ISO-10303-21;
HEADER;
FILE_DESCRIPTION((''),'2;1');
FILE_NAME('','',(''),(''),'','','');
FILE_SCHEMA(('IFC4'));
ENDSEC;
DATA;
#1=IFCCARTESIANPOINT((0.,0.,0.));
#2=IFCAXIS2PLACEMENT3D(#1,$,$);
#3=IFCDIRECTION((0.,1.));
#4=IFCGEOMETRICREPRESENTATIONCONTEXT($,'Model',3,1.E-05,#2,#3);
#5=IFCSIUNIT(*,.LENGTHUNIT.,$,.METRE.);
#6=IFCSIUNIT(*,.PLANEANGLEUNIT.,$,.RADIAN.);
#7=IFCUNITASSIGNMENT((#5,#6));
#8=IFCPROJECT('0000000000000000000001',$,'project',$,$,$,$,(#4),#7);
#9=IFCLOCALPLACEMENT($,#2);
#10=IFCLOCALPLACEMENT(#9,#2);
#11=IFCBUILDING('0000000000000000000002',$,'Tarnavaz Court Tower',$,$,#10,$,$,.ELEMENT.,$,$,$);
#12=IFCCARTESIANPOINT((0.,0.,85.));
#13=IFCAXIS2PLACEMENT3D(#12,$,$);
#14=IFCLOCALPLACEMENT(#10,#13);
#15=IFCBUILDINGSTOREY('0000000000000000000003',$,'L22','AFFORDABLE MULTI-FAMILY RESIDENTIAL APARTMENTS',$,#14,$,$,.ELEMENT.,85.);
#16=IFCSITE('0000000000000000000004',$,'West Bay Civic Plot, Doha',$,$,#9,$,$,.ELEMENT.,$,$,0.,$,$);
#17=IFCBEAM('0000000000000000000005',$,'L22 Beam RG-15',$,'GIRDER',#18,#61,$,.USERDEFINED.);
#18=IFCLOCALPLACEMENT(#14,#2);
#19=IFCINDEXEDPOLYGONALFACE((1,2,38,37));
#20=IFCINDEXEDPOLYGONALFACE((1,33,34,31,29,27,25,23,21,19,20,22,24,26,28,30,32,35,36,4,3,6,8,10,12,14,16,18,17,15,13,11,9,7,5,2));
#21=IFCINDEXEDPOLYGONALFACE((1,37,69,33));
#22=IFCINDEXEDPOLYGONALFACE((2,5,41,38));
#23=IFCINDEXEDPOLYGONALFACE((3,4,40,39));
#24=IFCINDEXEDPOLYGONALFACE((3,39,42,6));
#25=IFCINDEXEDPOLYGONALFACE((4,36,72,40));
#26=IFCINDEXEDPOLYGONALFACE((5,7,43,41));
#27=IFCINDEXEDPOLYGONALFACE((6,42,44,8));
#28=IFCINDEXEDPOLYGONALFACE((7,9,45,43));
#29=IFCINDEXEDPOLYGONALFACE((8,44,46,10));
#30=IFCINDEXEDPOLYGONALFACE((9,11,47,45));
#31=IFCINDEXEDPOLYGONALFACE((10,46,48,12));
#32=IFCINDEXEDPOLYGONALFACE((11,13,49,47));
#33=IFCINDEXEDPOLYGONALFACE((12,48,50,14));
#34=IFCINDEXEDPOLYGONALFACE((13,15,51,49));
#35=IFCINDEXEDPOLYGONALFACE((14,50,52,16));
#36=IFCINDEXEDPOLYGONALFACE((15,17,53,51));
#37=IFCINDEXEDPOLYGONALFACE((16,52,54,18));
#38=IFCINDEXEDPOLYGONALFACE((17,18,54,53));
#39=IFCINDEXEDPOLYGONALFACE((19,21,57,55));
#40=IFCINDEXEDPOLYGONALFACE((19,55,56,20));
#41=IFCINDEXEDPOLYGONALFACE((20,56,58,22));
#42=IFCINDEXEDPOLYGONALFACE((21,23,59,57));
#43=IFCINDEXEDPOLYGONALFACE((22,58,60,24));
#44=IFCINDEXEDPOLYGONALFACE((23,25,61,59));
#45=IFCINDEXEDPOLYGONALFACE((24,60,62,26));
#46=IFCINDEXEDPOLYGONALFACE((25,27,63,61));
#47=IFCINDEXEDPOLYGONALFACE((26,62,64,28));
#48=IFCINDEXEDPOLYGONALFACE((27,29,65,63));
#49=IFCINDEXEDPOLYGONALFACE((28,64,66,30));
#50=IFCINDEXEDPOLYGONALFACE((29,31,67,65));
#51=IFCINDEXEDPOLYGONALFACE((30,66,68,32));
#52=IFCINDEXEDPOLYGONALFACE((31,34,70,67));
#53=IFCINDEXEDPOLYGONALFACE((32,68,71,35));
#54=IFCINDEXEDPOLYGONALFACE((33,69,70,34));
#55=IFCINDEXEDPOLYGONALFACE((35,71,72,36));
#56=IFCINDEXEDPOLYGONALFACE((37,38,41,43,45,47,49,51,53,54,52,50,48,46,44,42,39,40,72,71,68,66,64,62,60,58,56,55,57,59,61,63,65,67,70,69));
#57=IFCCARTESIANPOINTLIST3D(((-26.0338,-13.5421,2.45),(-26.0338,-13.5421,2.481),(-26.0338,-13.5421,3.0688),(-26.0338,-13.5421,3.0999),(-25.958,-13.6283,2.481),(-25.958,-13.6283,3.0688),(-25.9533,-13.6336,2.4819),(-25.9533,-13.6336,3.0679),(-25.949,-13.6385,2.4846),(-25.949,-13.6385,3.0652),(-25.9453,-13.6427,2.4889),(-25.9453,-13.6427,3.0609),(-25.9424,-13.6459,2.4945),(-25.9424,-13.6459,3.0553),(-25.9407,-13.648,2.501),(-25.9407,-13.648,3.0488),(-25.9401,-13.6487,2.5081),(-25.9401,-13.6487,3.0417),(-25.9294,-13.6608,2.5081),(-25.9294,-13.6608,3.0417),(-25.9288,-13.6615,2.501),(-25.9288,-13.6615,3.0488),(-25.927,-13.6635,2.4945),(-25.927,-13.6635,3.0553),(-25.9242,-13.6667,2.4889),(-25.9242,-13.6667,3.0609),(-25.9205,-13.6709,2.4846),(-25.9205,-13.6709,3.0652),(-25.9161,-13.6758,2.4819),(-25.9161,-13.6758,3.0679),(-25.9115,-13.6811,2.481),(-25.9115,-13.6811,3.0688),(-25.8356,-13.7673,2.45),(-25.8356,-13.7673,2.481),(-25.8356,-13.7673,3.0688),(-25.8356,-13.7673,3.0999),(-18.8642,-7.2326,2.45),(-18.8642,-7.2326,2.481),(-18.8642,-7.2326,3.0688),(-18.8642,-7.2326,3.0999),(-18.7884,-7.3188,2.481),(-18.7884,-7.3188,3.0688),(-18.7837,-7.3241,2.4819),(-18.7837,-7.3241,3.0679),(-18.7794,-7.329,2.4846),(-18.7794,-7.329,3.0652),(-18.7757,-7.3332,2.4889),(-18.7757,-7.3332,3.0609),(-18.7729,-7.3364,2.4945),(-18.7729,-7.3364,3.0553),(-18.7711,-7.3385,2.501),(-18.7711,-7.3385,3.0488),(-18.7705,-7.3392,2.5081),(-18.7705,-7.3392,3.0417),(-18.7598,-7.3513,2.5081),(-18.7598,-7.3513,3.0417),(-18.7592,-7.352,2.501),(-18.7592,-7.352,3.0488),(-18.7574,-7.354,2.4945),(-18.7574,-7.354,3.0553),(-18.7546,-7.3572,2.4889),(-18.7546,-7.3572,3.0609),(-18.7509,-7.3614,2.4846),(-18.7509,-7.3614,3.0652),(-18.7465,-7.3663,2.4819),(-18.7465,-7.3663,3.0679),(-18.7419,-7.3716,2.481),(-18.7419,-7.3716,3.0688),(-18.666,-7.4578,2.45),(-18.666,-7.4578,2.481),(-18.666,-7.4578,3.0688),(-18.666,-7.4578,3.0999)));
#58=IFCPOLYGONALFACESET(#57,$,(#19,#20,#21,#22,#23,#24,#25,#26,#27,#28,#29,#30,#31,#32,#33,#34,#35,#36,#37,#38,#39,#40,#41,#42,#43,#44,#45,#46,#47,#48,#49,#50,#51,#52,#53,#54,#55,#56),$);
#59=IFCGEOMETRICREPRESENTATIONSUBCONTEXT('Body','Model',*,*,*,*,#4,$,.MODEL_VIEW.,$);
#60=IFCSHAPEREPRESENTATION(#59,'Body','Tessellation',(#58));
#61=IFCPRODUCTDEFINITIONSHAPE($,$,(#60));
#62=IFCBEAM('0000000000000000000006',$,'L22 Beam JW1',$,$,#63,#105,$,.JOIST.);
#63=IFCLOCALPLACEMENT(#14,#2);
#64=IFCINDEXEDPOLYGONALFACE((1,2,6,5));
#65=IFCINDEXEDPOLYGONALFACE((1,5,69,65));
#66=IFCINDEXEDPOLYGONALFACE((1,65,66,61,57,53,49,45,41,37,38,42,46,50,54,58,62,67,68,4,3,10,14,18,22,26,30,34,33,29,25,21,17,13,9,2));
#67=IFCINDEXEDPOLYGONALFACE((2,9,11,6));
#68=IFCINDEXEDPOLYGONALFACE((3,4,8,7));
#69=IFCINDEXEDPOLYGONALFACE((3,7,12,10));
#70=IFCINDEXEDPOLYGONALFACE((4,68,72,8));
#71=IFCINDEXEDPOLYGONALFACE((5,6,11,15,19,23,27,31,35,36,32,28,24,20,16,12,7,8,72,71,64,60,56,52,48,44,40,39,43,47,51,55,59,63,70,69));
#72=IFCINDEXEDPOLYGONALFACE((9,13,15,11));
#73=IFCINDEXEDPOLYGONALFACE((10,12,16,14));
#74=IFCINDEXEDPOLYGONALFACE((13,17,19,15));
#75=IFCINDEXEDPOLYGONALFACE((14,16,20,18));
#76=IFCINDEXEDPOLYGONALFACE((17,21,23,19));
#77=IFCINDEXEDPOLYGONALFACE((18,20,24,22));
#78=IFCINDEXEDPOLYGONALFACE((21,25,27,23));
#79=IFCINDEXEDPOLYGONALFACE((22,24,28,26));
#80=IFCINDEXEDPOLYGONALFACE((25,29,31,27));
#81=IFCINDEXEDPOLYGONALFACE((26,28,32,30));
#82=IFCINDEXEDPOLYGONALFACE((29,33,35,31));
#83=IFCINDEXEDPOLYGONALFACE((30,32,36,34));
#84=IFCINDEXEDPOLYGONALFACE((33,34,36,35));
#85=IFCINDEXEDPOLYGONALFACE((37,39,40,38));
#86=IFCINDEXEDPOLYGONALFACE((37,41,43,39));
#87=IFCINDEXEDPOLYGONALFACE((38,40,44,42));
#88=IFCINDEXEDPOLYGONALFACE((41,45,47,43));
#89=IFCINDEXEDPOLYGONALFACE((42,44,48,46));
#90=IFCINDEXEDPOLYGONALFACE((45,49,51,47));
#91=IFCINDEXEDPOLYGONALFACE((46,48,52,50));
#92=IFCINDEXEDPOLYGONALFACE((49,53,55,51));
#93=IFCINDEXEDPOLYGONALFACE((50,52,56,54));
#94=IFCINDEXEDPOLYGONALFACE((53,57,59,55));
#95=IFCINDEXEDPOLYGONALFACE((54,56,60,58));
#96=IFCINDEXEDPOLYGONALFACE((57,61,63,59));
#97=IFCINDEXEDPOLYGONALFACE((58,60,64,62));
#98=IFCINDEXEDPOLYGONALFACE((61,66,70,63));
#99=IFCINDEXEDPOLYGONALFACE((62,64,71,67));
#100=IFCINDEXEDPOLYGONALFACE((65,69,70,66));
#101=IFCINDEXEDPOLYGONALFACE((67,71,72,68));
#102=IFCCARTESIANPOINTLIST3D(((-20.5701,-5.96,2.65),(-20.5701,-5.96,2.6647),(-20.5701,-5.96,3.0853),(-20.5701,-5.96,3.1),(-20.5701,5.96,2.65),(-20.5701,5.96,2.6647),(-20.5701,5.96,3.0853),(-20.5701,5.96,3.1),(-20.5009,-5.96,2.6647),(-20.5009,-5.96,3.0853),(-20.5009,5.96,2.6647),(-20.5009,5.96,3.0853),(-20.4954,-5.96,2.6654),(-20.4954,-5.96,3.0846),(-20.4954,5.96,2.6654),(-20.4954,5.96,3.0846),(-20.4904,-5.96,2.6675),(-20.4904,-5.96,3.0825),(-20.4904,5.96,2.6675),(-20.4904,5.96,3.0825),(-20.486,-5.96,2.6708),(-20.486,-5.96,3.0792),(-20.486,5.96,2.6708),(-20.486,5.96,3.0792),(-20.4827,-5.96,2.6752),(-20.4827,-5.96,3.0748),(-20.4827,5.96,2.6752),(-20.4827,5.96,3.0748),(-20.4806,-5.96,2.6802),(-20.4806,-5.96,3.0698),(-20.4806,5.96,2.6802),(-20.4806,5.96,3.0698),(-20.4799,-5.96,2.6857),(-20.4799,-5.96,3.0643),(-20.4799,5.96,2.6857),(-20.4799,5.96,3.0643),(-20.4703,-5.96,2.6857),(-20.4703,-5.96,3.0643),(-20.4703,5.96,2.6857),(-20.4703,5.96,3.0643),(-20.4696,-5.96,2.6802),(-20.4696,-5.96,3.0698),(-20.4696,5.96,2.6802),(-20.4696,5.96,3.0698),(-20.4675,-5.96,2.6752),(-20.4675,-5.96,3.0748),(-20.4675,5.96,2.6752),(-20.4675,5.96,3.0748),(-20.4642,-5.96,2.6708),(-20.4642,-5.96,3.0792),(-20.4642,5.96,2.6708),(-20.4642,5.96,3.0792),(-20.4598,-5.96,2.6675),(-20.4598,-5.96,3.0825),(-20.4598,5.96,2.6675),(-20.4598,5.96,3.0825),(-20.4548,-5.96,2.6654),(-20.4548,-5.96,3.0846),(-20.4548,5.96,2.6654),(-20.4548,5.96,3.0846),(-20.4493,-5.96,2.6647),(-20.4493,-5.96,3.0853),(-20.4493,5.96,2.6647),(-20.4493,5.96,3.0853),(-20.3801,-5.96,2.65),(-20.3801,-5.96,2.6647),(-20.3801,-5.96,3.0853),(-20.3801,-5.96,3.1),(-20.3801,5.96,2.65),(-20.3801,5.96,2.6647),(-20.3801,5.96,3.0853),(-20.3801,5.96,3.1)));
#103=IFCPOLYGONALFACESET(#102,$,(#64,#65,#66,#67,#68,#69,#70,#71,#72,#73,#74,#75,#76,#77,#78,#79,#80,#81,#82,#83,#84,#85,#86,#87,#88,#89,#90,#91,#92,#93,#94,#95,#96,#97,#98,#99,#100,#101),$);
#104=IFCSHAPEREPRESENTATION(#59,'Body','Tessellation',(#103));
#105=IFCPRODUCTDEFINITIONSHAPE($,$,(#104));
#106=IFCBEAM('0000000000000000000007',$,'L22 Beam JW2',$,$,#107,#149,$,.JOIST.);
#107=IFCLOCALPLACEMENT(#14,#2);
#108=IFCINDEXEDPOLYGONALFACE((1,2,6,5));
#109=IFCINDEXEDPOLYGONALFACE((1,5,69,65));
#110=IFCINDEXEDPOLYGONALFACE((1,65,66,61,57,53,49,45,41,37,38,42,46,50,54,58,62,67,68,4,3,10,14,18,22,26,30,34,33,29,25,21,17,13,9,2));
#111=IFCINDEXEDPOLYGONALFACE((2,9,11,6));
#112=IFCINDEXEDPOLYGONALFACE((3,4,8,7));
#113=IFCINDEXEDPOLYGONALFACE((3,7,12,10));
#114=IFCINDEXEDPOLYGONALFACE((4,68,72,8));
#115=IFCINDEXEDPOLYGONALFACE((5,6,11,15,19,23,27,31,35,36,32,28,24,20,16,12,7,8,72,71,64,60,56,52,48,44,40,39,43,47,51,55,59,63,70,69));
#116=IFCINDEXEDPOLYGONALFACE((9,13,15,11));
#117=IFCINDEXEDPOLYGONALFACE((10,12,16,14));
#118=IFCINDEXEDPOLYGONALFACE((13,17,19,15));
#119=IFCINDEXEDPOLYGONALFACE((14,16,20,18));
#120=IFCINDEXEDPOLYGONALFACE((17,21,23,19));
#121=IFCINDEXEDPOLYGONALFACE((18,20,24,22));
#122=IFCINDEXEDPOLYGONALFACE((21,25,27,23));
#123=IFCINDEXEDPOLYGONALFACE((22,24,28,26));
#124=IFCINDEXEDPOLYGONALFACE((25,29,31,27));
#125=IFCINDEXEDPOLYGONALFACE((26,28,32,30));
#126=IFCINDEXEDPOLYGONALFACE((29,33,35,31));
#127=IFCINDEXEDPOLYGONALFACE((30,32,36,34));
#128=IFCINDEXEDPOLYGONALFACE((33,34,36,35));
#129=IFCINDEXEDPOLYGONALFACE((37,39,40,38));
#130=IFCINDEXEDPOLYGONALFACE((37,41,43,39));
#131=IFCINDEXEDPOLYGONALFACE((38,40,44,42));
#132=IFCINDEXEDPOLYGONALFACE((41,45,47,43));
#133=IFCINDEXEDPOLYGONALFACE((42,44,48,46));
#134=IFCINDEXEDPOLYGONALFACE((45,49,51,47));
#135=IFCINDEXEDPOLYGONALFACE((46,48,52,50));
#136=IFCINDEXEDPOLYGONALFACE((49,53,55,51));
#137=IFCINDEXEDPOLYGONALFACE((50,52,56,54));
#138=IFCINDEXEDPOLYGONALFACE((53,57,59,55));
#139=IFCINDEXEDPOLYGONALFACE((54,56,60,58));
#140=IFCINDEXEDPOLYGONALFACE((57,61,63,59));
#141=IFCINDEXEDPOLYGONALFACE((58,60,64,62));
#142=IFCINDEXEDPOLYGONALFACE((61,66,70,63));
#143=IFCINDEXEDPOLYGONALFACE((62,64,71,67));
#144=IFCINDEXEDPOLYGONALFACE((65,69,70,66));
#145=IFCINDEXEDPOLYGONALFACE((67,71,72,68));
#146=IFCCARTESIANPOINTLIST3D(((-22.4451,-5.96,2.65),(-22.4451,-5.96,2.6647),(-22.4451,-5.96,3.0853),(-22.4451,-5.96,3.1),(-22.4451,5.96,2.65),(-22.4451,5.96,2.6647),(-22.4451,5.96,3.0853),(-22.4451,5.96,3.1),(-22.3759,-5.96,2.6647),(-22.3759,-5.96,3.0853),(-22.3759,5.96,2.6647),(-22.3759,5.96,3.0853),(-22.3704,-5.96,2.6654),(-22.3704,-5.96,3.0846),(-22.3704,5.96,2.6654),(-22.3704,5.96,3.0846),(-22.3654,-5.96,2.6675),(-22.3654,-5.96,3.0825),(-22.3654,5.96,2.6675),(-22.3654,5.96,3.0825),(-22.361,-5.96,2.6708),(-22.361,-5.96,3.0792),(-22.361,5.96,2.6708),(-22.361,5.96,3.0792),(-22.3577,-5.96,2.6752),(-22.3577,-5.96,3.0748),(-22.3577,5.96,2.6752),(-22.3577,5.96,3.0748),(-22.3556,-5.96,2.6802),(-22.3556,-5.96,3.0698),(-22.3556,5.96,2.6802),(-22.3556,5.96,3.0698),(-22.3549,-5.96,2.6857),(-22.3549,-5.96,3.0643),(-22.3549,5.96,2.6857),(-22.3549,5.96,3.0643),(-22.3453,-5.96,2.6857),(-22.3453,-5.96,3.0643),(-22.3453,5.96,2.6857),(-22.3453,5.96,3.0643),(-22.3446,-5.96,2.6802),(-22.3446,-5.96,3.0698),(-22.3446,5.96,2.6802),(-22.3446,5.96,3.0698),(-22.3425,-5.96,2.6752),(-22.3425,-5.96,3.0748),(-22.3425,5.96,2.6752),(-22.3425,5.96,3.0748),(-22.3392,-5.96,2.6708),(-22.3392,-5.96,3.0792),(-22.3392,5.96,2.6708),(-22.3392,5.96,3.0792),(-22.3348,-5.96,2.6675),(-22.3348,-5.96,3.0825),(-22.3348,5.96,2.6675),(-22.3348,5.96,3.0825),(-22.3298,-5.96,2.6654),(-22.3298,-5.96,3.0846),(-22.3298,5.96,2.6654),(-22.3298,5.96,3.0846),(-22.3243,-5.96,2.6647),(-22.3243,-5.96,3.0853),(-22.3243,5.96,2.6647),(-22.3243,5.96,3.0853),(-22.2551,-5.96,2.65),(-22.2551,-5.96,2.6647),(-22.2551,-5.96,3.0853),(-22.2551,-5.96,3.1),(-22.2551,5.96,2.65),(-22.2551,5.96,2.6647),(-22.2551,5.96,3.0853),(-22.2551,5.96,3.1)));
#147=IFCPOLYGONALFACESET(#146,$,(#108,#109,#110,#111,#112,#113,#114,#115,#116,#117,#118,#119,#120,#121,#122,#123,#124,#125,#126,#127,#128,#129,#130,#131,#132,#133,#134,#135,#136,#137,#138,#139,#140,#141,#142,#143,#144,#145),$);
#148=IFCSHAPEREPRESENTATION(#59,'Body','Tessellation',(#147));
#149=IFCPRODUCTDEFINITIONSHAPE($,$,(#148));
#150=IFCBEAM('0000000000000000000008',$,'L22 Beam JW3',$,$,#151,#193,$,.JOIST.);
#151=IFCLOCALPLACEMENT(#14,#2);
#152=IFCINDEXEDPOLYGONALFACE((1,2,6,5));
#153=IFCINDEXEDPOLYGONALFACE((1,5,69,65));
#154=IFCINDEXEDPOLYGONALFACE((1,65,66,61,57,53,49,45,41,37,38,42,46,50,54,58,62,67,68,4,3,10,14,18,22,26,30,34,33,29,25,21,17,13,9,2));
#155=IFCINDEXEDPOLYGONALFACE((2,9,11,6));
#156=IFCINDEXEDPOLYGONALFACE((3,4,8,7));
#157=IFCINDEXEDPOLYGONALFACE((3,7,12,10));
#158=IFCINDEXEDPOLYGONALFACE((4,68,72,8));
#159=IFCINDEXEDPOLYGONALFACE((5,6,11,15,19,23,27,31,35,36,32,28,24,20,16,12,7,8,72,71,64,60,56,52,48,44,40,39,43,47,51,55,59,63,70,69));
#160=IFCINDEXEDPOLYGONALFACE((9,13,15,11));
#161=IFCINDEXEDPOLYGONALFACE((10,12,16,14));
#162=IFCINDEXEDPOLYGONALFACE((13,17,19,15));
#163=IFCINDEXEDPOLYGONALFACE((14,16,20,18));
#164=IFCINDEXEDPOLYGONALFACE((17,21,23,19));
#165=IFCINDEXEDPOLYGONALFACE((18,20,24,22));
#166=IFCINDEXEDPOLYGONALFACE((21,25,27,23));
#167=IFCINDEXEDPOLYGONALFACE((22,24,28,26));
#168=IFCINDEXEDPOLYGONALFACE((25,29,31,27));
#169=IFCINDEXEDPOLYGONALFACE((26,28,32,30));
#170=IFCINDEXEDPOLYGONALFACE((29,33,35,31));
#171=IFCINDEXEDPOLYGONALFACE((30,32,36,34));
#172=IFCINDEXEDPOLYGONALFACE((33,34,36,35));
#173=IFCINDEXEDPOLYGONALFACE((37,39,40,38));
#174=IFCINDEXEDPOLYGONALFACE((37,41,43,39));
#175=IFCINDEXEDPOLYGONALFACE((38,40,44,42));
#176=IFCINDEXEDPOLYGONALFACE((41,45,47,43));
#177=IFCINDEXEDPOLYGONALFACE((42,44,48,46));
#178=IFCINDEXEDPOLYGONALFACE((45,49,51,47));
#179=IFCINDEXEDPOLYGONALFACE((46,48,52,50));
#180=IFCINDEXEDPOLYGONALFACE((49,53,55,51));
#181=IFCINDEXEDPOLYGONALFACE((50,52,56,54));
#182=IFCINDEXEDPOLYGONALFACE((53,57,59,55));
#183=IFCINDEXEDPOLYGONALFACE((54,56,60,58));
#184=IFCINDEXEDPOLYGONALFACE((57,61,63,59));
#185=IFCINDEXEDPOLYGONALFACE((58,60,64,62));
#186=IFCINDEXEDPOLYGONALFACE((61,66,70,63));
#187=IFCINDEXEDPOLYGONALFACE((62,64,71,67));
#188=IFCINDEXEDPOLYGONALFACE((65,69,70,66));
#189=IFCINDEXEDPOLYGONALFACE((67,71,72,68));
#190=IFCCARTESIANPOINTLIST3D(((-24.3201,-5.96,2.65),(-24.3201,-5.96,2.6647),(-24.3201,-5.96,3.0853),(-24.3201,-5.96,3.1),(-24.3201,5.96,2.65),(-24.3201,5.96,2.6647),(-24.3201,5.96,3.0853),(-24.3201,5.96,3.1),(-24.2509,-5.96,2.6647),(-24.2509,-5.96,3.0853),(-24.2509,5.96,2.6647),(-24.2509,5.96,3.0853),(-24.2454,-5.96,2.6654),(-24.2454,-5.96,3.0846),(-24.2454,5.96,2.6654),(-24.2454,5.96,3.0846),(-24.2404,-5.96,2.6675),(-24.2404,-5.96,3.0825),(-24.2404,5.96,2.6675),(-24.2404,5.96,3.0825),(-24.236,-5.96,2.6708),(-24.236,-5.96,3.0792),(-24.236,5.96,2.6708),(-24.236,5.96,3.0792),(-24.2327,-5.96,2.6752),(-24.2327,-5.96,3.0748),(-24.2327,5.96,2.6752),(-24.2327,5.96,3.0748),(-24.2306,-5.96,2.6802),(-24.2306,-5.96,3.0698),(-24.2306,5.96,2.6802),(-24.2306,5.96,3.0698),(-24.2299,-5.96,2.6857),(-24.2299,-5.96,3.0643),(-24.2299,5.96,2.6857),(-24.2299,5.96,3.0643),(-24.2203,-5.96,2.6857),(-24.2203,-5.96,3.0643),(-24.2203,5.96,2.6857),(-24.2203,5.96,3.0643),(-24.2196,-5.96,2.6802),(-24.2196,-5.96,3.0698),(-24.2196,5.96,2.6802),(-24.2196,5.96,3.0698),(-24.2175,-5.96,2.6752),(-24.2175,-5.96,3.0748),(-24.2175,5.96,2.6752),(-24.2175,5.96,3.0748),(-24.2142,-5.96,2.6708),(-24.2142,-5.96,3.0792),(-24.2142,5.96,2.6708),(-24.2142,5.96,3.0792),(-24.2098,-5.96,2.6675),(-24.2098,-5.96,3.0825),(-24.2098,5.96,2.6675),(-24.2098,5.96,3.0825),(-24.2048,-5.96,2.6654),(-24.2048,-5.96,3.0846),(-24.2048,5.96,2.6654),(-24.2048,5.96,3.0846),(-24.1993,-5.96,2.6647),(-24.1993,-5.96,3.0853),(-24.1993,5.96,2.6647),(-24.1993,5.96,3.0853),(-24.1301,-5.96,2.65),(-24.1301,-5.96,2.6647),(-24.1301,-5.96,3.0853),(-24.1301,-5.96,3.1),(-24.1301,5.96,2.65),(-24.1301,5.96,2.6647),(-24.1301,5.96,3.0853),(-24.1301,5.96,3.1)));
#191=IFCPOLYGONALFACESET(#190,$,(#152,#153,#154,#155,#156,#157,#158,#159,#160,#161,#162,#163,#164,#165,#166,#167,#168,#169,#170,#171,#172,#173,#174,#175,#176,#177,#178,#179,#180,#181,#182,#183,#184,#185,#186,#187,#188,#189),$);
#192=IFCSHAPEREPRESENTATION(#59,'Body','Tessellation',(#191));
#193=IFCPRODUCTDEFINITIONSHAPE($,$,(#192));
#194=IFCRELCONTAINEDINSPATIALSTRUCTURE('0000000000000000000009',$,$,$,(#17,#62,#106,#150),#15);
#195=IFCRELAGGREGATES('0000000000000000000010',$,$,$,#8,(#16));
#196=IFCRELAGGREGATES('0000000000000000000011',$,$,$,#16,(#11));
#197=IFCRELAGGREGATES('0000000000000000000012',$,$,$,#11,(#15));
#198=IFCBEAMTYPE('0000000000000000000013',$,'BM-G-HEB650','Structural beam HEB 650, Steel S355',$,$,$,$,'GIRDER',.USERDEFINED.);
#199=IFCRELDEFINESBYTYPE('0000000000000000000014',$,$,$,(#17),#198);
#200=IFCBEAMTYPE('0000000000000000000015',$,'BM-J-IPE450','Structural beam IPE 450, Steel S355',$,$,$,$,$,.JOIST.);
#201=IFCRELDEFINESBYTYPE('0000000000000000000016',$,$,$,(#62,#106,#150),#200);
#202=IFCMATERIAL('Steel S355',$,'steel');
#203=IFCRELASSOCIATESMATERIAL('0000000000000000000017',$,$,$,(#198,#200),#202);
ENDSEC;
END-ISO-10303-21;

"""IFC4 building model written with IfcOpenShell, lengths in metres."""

from ifc_helpers import new_model, si_unit, direction, frame, origin, origin_2d, place, context, subcontext, project, spatial, i_section, extrude, material, material_profile, profile_set, type_object, element, save


model = new_model("IFC4")

# Units and contexts
model_context = context("Model", 3, precision=1e-05, world=origin(), true_north=direction((0.0, 1.0)))
body_context = subcontext(model_context, "Body", "Model", "MODEL_VIEW")
ifc_project = project(units=[si_unit("LENGTHUNIT", "METRE"), si_unit("PLANEANGLEUNIT", "RADIAN")], contexts=[model_context])

# Site, building, storey
site_placement = place(None, origin())
site = spatial("IfcSite", under=ifc_project, at=site_placement, Name="West Bay Civic Plot, Doha", CompositionType="ELEMENT", RefElevation=0.0)
building_placement = place(site_placement, origin())
building = spatial("IfcBuilding", under=site, at=building_placement, Name="Tarnavaz Court Tower", CompositionType="ELEMENT")
storey_placement = place(building_placement, frame((0.0, 0.0, 85.0)))
storey = spatial("IfcBuildingStorey", under=building, at=storey_placement, Name="L22", Description="AFFORDABLE MULTI-FAMILY RESIDENTIAL APARTMENTS", CompositionType="ELEMENT", Elevation=85.0)

# Beams
ifc_material_1 = material(Name="Steel S355", Category="steel")
ifc_material_profile_1 = material_profile(ifc_material_1, i_section(OverallWidth=0.3, OverallDepth=0.6499, WebThickness=0.0161, FlangeThickness=0.031, FilletRadius=0.0271, at=origin_2d()), Name="HEB 650")
ifc_profile_set_1 = profile_set([ifc_material_profile_1], Name="Steel S355")
beam_type_1 = type_object("IfcBeamType", Name="BM-G-HEB650", Description="Structural beam HEB 650, Steel S355", ElementType="GIRDER", PredefinedType="USERDEFINED", material=ifc_profile_set_1)
beam_1_placement = place(storey_placement, frame((-18.7651, -7.3452, 2.7749), z_axis=(-0.7507, -0.660643, 0.0), x_axis=(0.660643, -0.7507, 0.0)))
element("IfcBeam", 1, at=beam_1_placement, inside=storey, type_object=beam_type_1, Name="L22 Beam RG-15", ObjectType="GIRDER", PredefinedType="USERDEFINED", context=body_context, shape_type="SweptSolid", body=[
    extrude(i_section(OverallWidth=0.3, OverallDepth=0.6499, WebThickness=0.0161, FlangeThickness=0.031, FilletRadius=0.0271, at=origin_2d()), origin(), (0.0, 0.0, 1.0), 9.5505),
])
ifc_material_profile_2 = material_profile(ifc_material_1, i_section(OverallWidth=0.1899, OverallDepth=0.45, WebThickness=0.0095, FlangeThickness=0.0146, FilletRadius=0.021, at=origin_2d()), Name="IPE 450")
ifc_profile_set_2 = profile_set([ifc_material_profile_2], Name="Steel S355")
beam_type_2 = type_object("IfcBeamType", Name="BM-J-IPE450", Description="Structural beam IPE 450, Steel S355", PredefinedType="JOIST", material=ifc_profile_set_2)
for number, where, z_axis, x_axis, name in (
    (2, (-20.4751, -5.96, 2.875), (0.0, 1.0, 0.0), (-1.0, 0.0, 0.0), "L22 Beam JW1"),
    (3, (-22.3501, -5.96, 2.875), (0.0, 1.0, 0.0), (-1.0, 0.0, 0.0), "L22 Beam JW2"),
    (4, (-24.2251, -5.96, 2.875), (0.0, 1.0, 0.0), (-1.0, 0.0, 0.0), "L22 Beam JW3"),
):
    element("IfcBeam", number, at=place(storey_placement, frame(where, z_axis=z_axis, x_axis=x_axis)), inside=storey, type_object=beam_type_2, Name=name, PredefinedType="JOIST", context=body_context, shape_type="SweptSolid", body=[
        extrude(i_section(OverallWidth=0.1899, OverallDepth=0.45, WebThickness=0.0095, FlangeThickness=0.0146, FilletRadius=0.021, at=origin_2d()), origin(), (0.0, 0.0, 1.0), 11.9199),
    ])

save(model, "model.ifc")
